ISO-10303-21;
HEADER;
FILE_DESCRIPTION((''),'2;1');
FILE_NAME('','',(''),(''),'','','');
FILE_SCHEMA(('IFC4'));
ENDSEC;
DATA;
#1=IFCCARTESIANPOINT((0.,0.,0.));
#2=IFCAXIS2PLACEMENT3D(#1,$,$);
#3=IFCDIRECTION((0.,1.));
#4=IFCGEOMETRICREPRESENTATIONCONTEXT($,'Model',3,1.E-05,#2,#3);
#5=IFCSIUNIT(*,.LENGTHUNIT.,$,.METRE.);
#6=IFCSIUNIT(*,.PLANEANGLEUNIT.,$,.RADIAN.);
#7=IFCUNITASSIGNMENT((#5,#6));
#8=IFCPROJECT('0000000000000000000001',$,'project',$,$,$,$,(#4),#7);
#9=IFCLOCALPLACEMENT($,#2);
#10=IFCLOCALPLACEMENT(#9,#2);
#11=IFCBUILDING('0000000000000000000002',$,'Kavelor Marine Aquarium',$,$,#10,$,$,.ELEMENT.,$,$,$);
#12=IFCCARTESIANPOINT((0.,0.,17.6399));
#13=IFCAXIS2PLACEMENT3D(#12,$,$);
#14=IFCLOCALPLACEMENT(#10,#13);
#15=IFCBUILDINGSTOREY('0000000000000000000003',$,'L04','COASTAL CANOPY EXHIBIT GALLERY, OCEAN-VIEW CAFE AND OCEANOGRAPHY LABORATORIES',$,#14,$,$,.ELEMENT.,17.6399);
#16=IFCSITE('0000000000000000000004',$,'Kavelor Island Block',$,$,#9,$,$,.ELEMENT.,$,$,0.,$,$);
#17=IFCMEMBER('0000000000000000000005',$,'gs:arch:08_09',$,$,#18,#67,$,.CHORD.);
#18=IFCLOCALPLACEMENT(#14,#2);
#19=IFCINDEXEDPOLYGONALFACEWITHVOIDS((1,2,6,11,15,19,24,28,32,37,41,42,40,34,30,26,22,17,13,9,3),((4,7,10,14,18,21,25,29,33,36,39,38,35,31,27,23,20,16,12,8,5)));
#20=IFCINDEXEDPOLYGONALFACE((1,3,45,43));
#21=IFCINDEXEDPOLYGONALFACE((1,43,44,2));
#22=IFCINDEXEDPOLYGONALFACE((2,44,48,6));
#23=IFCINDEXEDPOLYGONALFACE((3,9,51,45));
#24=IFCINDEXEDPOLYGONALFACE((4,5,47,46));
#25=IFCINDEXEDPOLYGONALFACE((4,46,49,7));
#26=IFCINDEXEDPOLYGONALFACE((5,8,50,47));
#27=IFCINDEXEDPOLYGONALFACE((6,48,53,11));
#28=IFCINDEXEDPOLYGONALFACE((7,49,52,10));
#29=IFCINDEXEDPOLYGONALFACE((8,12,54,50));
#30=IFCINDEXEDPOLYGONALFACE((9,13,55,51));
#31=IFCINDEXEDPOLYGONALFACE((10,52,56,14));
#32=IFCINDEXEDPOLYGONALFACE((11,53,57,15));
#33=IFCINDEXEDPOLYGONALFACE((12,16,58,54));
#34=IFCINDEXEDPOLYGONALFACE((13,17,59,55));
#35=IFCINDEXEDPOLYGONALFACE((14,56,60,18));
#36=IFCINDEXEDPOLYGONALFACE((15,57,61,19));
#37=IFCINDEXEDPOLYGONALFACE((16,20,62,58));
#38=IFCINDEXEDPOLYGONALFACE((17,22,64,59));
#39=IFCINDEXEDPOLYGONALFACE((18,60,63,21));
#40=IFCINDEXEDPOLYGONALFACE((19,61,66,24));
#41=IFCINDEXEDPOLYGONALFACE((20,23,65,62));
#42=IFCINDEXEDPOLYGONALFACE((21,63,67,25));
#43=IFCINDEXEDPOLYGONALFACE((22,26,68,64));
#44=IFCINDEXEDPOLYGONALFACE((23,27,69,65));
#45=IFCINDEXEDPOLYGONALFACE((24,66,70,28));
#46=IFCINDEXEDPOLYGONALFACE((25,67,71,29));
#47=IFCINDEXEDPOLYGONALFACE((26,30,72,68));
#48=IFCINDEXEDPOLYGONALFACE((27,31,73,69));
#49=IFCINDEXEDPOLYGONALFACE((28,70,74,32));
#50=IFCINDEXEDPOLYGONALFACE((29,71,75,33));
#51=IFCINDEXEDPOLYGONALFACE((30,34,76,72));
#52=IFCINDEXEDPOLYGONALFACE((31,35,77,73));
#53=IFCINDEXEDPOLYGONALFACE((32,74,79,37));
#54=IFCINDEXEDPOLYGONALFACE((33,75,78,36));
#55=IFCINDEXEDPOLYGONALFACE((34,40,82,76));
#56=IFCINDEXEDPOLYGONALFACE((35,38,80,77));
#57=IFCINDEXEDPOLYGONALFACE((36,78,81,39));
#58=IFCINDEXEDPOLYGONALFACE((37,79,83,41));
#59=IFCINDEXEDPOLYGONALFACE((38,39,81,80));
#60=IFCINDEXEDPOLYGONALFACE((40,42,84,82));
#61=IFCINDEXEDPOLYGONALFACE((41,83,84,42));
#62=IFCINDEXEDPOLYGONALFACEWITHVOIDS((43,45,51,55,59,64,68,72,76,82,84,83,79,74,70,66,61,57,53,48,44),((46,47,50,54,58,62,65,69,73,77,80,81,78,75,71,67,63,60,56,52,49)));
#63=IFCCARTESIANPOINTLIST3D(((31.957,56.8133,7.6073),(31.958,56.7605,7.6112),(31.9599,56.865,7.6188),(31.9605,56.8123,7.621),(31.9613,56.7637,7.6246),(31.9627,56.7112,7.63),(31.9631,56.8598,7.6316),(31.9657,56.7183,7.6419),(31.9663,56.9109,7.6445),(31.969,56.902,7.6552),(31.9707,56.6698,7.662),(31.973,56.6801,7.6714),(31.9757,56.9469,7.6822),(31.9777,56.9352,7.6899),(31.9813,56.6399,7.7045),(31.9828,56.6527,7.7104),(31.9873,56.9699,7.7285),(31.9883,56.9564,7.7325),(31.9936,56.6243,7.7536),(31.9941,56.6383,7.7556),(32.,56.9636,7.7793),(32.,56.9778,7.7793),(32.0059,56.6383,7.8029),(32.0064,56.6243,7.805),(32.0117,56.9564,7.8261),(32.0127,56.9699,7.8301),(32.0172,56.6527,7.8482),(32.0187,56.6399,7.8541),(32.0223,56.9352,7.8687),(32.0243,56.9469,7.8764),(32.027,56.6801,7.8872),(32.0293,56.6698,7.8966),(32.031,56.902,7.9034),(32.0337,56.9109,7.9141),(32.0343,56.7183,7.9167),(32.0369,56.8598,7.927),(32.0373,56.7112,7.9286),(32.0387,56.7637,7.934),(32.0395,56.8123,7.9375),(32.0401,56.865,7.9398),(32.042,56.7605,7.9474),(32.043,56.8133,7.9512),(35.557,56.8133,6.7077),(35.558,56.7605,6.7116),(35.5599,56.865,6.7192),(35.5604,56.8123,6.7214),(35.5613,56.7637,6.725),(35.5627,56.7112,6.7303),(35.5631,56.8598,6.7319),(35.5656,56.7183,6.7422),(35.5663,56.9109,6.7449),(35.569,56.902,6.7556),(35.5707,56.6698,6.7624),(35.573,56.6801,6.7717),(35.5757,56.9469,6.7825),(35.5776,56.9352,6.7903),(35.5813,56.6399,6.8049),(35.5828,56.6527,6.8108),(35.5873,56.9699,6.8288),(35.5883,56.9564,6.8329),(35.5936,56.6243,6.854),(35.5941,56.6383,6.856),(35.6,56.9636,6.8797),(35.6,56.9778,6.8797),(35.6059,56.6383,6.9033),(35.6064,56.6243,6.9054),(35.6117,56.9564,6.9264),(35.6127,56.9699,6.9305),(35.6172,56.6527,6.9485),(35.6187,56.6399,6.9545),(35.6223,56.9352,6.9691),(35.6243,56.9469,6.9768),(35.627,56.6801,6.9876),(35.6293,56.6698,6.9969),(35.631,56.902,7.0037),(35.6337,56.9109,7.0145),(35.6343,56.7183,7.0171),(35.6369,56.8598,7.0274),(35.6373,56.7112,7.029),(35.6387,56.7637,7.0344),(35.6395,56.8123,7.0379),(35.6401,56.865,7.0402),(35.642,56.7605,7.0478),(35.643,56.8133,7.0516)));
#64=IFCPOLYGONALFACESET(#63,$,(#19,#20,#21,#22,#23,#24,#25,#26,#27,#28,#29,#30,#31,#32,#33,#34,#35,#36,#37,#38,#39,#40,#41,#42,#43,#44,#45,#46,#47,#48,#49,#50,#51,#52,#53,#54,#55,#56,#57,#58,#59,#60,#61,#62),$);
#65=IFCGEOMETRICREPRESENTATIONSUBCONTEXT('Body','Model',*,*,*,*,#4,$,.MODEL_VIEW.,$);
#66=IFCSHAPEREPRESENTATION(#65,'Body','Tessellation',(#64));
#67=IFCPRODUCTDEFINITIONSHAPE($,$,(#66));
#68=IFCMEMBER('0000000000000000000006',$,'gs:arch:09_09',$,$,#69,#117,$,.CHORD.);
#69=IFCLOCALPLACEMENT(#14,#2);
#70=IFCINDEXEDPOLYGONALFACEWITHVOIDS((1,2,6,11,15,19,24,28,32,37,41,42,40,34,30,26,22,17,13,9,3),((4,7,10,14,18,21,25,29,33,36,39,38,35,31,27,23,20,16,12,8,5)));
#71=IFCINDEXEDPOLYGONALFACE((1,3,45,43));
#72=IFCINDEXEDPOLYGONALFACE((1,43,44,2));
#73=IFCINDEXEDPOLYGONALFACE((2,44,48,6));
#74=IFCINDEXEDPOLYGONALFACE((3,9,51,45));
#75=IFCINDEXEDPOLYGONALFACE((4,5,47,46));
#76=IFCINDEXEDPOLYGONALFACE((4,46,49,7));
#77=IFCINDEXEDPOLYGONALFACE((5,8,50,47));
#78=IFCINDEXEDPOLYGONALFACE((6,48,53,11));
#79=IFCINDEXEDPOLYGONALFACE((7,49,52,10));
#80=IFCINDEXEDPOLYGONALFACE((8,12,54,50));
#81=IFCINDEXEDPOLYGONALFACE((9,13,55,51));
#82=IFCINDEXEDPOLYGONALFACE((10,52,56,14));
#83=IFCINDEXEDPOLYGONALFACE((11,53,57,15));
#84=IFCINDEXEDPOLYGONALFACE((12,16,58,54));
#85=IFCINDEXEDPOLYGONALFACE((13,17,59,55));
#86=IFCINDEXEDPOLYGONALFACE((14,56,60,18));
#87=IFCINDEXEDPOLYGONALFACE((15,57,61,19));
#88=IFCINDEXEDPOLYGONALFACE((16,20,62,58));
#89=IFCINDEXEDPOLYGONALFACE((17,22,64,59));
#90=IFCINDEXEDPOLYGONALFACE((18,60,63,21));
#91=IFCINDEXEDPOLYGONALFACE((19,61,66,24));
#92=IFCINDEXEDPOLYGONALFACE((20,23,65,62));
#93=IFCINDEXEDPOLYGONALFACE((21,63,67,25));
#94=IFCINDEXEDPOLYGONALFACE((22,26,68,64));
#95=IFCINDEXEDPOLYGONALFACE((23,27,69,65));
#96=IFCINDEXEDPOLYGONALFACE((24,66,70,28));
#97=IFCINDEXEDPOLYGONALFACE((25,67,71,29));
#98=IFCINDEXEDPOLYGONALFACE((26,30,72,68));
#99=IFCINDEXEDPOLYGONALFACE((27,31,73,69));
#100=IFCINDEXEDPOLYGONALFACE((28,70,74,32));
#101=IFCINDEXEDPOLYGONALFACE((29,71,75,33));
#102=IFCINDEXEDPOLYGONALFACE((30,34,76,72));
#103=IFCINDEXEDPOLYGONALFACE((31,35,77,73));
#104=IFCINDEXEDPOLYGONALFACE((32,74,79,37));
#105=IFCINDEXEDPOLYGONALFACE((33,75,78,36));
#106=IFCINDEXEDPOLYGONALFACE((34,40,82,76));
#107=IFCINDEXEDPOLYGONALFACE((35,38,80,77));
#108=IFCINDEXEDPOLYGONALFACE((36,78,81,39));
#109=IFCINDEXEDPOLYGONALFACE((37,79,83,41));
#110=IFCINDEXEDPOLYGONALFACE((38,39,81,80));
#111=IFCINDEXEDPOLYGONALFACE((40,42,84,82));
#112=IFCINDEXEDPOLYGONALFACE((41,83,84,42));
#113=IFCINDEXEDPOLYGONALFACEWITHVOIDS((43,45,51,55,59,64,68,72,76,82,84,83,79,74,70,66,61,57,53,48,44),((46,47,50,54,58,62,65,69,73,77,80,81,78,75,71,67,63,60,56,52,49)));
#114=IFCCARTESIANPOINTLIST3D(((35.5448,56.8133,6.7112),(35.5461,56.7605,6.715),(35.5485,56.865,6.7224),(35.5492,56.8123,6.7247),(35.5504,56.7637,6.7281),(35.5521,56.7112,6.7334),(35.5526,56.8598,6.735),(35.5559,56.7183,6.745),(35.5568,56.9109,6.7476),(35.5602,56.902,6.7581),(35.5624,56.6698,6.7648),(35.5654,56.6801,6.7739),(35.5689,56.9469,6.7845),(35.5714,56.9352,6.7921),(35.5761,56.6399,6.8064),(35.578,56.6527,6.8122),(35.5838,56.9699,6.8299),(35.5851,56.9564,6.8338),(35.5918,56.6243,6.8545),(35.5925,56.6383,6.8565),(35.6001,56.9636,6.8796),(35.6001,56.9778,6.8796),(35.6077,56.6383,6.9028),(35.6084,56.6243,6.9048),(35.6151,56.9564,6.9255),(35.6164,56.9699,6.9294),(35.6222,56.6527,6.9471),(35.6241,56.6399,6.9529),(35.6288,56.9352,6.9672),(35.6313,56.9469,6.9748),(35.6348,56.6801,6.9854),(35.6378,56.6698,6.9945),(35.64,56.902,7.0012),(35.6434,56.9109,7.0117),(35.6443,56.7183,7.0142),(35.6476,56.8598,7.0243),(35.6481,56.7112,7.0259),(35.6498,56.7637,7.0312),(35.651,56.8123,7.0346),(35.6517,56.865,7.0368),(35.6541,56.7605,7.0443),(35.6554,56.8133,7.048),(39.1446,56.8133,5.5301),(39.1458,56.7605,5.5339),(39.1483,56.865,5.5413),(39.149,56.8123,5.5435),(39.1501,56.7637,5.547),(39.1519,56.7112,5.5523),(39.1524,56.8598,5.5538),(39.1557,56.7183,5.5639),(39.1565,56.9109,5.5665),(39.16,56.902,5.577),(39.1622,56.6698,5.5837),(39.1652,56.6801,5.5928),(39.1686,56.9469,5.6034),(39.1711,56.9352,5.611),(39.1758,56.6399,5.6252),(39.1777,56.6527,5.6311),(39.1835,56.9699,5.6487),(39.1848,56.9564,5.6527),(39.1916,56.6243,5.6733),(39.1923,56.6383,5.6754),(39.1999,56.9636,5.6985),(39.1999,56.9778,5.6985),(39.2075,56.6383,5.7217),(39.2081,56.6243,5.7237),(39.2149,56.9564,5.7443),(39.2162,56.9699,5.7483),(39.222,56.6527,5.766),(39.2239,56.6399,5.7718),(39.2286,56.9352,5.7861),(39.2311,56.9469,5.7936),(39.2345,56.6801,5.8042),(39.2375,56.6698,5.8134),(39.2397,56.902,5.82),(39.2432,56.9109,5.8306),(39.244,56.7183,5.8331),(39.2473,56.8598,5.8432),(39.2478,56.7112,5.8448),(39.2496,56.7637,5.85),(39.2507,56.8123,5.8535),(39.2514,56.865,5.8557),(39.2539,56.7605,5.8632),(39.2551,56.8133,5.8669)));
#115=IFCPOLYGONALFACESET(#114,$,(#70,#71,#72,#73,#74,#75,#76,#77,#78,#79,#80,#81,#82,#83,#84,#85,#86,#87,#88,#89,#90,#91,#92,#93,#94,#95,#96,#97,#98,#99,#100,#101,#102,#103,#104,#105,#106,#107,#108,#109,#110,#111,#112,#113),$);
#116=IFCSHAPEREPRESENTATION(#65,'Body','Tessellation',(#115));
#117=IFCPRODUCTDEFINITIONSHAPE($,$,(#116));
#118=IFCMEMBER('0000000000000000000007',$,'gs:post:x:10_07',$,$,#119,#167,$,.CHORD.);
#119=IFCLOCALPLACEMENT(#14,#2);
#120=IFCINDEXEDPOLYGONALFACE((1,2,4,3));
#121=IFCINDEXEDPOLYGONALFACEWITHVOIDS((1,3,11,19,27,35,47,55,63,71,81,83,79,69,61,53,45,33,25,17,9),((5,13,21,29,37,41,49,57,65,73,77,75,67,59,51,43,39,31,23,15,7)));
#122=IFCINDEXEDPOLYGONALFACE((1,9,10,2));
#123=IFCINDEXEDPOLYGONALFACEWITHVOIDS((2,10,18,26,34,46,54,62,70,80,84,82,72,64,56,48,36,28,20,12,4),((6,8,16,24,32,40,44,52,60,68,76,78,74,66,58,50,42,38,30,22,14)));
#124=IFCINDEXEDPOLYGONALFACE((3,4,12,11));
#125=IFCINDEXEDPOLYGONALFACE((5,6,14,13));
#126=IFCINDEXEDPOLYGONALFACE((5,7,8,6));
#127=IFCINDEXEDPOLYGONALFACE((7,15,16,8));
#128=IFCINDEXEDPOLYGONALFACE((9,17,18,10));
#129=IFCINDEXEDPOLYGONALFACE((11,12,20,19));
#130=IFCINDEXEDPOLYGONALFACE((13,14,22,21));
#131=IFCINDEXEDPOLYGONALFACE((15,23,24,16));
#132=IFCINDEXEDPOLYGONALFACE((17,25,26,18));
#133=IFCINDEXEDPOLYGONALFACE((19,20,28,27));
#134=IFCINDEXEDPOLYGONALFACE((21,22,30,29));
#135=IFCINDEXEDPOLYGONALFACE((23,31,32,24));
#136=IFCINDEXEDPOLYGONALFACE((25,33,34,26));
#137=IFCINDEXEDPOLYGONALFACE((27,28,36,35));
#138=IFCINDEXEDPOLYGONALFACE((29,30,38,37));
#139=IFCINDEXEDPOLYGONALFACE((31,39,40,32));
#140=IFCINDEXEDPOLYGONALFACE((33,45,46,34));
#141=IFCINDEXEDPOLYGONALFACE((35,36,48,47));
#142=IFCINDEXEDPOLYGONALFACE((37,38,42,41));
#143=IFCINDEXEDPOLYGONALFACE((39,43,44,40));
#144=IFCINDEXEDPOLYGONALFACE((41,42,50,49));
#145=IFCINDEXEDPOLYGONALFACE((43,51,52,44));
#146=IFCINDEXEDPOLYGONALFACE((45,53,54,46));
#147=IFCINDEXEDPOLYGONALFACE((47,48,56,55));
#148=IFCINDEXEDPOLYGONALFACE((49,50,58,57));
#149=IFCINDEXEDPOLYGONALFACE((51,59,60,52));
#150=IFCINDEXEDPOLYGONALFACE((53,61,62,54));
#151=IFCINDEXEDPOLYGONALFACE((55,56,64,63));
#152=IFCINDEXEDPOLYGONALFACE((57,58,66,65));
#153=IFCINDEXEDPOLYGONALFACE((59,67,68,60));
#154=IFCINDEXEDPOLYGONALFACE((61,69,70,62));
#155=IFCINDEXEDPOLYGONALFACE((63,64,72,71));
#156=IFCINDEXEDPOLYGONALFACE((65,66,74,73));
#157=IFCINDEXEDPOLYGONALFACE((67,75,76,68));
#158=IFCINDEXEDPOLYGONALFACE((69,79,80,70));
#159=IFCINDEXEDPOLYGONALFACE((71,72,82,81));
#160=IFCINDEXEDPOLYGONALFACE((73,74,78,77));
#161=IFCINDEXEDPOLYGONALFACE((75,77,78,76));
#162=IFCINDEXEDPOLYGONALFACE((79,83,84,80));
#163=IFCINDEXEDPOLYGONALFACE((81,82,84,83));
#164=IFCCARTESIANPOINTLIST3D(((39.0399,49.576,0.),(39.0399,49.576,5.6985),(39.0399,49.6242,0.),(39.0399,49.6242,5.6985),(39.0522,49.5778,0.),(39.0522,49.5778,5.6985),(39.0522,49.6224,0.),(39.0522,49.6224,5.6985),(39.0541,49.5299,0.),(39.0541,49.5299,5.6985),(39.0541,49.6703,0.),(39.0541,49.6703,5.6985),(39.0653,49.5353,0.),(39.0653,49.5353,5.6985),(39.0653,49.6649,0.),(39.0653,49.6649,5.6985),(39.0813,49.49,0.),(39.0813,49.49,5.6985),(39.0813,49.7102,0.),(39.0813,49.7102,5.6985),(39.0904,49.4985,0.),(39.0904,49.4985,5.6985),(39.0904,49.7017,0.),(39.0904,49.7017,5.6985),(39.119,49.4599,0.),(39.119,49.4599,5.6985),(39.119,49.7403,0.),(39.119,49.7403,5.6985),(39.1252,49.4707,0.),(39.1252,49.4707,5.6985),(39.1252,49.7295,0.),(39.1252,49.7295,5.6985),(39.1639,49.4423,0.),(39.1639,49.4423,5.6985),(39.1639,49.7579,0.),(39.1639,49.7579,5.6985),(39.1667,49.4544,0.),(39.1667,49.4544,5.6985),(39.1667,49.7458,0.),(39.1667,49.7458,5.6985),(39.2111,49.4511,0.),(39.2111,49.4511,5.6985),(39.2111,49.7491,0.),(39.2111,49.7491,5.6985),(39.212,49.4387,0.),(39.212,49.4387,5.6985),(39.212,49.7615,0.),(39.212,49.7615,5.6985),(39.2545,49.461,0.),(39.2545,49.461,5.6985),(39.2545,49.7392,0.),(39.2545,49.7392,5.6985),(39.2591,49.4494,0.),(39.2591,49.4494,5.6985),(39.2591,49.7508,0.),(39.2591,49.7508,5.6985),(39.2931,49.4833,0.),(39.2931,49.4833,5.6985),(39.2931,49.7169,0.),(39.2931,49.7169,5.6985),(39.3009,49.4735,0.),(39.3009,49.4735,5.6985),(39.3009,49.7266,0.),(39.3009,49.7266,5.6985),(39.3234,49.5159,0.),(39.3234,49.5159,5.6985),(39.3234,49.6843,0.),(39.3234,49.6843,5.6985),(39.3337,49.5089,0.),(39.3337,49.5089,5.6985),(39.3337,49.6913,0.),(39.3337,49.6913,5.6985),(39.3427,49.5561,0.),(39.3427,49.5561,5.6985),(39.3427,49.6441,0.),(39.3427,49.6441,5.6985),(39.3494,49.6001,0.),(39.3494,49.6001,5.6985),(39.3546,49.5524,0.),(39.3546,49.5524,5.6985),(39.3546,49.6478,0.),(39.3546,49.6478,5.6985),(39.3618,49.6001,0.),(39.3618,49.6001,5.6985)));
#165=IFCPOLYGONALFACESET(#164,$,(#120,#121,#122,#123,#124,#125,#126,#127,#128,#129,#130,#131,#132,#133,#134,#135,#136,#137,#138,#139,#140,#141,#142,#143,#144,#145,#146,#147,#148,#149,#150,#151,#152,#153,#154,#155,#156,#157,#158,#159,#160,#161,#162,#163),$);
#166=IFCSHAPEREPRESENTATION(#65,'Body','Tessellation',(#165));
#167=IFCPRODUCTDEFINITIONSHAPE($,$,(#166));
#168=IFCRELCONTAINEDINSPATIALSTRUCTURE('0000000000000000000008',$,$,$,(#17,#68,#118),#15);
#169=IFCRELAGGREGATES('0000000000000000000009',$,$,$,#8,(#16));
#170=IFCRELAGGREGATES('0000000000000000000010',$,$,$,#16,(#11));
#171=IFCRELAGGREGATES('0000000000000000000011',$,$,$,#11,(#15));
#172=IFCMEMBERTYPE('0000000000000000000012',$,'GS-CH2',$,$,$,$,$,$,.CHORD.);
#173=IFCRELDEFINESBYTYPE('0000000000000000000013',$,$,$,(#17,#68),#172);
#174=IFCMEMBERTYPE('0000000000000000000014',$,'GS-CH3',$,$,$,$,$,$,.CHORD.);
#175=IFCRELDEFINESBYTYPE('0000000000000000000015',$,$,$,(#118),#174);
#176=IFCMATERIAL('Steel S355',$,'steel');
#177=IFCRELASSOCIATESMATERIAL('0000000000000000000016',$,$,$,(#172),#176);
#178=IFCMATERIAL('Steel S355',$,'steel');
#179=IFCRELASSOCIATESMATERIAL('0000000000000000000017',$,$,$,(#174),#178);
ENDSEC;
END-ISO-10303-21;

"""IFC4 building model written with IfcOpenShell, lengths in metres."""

from ifc_helpers import new_model, si_unit, direction, frame, origin, origin_2d, place, context, subcontext, project, spatial, hollow_circle, extrude, material, material_profile, profile_set, type_object, element, save


model = new_model("IFC4")

# Units and contexts
model_context = context("Model", 3, precision=1e-05, world=origin(), true_north=direction((0.0, 1.0)))
body_context = subcontext(model_context, "Body", "Model", "MODEL_VIEW")
ifc_project = project(units=[si_unit("LENGTHUNIT", "METRE"), si_unit("PLANEANGLEUNIT", "RADIAN")], contexts=[model_context])

# Site, building, storey
site_placement = place(None, origin())
site = spatial("IfcSite", under=ifc_project, at=site_placement, Name="Kavelor Island Block", CompositionType="ELEMENT", RefElevation=0.0)
building_placement = place(site_placement, origin())
building = spatial("IfcBuilding", under=site, at=building_placement, Name="Kavelor Marine Aquarium", CompositionType="ELEMENT")
storey_placement = place(building_placement, frame((0.0, 0.0, 17.6399)))
storey = spatial("IfcBuildingStorey", under=building, at=storey_placement, Name="L04", Description="COASTAL CANOPY EXHIBIT GALLERY, OCEAN-VIEW CAFE AND OCEANOGRAPHY LABORATORIES", CompositionType="ELEMENT", Elevation=17.6399)

# Members
ifc_material_1 = material(Name="Steel S355", Category="steel")
ifc_material_profile_1 = material_profile(ifc_material_1, hollow_circle(Radius=0.1777, WallThickness=0.0142, at=origin_2d()), Name="CHS 355.6x14.2")
ifc_profile_set_1 = profile_set([ifc_material_profile_1], Name="Steel S355")
member_type_1 = type_object("IfcMemberType", Name="GS-CH2", PredefinedType="CHORD", material=ifc_profile_set_1)
member_1_placement = place(storey_placement, frame((32.0, 56.8, 7.7793), z_axis=(0.970166, 0.0, -0.242443), x_axis=(0.0, 1.0, 0.0)))
element("IfcMember", 1, at=member_1_placement, inside=storey, type_object=member_type_1, Name="gs:arch:08_09", PredefinedType="CHORD", context=body_context, shape_type="SweptSolid", body=[
    extrude(hollow_circle(Radius=0.1777, WallThickness=0.0142, at=origin_2d()), origin(), (0.0, 0.0, 1.0), 3.7107),
])
member_2_placement = place(storey_placement, frame((35.6001, 56.8, 6.8796), z_axis=(0.950161, 0.0, -0.311759), x_axis=(0.0, 1.0, 0.0)))
element("IfcMember", 2, at=member_2_placement, inside=storey, type_object=member_type_1, Name="gs:arch:09_09", PredefinedType="CHORD", context=body_context, shape_type="SweptSolid", body=[
    extrude(hollow_circle(Radius=0.1777, WallThickness=0.0142, at=origin_2d()), origin(), (0.0, 0.0, 1.0), 3.7886),
])
ifc_material_2 = material(Name="Steel S355", Category="steel")
ifc_material_profile_2 = material_profile(ifc_material_2, hollow_circle(Radius=0.1619, WallThickness=0.0125, at=origin_2d()), Name="CHS 323.9x12.5")
ifc_profile_set_2 = profile_set([ifc_material_profile_2], Name="Steel S355")
member_type_2 = type_object("IfcMemberType", Name="GS-CH3", PredefinedType="CHORD", material=ifc_profile_set_2)
member_3_placement = place(storey_placement, frame((39.2, 49.6001, 0.0), z_axis=(0.0, 0.0, 1.0), x_axis=(1.0, 0.0, 0.0)))
element("IfcMember", 3, at=member_3_placement, inside=storey, type_object=member_type_2, Name="gs:post:x:10_07", PredefinedType="CHORD", context=body_context, shape_type="SweptSolid", body=[
    extrude(hollow_circle(Radius=0.1619, WallThickness=0.0125, at=origin_2d()), origin(), (0.0, 0.0, 1.0), 5.6985),
])

save(model, "model.ifc")
